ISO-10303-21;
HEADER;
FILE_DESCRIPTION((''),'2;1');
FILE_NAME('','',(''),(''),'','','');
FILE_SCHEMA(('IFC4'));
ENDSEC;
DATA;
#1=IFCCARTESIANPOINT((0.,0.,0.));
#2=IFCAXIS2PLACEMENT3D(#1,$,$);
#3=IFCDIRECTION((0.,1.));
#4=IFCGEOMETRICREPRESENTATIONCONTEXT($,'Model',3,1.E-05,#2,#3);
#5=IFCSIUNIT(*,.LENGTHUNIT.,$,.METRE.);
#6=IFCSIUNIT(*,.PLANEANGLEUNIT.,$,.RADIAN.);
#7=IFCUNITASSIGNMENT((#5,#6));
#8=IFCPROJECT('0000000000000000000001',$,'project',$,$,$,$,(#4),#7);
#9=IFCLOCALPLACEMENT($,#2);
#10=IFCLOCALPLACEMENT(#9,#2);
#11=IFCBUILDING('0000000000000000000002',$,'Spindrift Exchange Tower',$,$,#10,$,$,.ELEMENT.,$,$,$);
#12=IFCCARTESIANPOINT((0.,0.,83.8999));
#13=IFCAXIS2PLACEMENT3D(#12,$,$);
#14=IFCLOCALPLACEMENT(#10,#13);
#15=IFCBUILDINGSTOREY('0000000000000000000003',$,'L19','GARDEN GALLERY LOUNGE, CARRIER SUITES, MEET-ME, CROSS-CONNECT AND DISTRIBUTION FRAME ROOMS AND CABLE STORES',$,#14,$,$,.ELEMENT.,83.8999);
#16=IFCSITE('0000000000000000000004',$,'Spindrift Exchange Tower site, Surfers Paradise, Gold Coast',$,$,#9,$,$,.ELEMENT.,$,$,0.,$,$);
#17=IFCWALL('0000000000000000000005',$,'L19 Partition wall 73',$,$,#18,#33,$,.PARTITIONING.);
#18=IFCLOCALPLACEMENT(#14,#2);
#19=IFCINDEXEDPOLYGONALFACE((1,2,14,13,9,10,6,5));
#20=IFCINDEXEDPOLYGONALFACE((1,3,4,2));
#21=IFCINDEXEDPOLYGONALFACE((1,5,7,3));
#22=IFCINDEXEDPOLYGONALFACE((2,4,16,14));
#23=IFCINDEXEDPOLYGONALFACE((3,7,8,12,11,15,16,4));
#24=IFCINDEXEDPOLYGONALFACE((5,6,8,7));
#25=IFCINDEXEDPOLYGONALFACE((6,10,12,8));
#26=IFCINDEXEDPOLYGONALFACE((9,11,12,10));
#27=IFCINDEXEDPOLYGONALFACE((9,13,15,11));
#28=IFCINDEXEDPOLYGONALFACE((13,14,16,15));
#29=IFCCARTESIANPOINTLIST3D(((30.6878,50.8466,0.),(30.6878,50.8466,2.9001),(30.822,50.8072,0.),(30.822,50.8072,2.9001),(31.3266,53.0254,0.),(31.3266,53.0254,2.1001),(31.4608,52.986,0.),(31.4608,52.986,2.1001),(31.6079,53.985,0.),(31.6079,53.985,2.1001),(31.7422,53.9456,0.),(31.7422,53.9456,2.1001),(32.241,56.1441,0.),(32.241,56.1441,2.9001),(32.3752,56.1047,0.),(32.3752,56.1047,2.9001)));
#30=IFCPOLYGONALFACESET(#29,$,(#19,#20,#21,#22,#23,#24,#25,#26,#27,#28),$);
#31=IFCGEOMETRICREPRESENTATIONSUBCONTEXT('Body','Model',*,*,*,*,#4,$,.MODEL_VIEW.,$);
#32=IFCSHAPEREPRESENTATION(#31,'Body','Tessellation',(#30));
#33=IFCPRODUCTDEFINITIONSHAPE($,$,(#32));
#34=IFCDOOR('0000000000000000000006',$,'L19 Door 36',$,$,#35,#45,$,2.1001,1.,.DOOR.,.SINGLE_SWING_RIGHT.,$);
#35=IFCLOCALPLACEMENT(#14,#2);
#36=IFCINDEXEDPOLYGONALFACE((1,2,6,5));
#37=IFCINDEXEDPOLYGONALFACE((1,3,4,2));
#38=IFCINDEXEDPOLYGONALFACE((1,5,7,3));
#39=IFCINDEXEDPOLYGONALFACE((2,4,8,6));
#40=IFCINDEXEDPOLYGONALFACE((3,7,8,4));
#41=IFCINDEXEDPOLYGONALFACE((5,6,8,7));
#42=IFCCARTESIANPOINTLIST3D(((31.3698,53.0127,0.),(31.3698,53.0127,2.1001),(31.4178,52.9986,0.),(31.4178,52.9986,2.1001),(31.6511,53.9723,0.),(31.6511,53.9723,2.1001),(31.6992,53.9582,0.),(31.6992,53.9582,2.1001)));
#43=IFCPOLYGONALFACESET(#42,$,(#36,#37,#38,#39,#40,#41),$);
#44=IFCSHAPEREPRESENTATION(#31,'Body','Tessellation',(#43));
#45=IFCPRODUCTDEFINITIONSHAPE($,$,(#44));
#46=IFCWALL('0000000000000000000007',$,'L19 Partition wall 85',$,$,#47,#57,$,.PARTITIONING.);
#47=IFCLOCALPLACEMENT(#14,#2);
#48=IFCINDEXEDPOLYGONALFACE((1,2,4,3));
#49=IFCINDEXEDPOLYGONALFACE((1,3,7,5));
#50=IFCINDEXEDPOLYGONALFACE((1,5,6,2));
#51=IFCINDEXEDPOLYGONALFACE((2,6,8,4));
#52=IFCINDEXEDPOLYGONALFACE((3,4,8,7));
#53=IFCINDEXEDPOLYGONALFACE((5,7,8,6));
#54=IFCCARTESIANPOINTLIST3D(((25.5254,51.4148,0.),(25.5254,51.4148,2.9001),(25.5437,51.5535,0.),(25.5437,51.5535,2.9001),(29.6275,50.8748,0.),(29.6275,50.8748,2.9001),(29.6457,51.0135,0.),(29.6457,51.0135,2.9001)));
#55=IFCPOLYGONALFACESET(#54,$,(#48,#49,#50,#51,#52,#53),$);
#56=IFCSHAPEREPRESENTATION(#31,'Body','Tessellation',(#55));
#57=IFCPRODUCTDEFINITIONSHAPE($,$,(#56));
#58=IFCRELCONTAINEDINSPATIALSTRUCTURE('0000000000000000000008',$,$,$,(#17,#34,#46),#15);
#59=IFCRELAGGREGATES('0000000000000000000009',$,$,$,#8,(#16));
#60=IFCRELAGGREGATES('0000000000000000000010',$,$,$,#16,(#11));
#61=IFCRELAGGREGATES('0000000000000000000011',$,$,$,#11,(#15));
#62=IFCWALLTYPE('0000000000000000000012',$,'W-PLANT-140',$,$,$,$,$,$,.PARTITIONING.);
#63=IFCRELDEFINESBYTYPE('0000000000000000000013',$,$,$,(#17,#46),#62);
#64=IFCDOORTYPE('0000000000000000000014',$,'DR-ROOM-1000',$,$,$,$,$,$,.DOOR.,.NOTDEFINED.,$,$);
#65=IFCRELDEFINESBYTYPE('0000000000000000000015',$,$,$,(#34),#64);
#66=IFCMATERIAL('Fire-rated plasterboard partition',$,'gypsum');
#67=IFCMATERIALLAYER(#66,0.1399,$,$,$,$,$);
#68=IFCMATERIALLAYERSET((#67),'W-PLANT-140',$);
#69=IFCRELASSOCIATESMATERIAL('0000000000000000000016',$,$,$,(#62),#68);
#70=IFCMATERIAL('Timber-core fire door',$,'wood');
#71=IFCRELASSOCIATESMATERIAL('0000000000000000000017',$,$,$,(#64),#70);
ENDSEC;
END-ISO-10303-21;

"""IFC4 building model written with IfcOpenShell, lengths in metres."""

from ifc_helpers import new_model, si_unit, direction, frame, frame_2d, origin, place, context, subcontext, project, spatial, rectangle, extrude, source, transform, mapped, material, layer, layer_set, type_object, element, fill, save


model = new_model("IFC4")

# Units and contexts
model_context = context("Model", 3, precision=1e-05, world=origin(), true_north=direction((0.0, 1.0)))
body_context = subcontext(model_context, "Body", "Model", "MODEL_VIEW")
ifc_project = project(units=[si_unit("LENGTHUNIT", "METRE"), si_unit("PLANEANGLEUNIT", "RADIAN")], contexts=[model_context])

# Site, building, storey
site_placement = place(None, origin())
site = spatial("IfcSite", under=ifc_project, at=site_placement, Name="Spindrift Exchange Tower site, Surfers Paradise, Gold Coast", CompositionType="ELEMENT", RefElevation=0.0)
building_placement = place(site_placement, origin())
building = spatial("IfcBuilding", under=site, at=building_placement, Name="Spindrift Exchange Tower", CompositionType="ELEMENT")
storey_placement = place(building_placement, frame((0.0, 0.0, 83.8999)))
storey = spatial("IfcBuildingStorey", under=building, at=storey_placement, Name="L19", Description="GARDEN GALLERY LOUNGE, CARRIER SUITES, MEET-ME, CROSS-CONNECT AND DISTRIBUTION FRAME ROOMS AND CABLE STORES", CompositionType="ELEMENT", Elevation=83.8999)

# Wall, opening, door
ifc_material_1 = material(Name="Fire-rated plasterboard partition", Category="gypsum")
ifc_layer_1 = layer(ifc_material_1, 0.1399)
ifc_layer_set_1 = layer_set([ifc_layer_1], Name="W-PLANT-140")
wall_type_1 = type_object("IfcWallType", Name="W-PLANT-140", PredefinedType="PARTITIONING", material=ifc_layer_set_1)
wall_1_placement = place(storey_placement, frame((30.7549, 50.8269, 0.0), z_axis=(0.0, 0.0, 1.0), x_axis=(0.28135, 0.959605, 0.0)))
wall_1 = element("IfcWall", 1, at=wall_1_placement, inside=storey, type_object=wall_type_1, Name="L19 Partition wall 73", PredefinedType="PARTITIONING", context=body_context, shape_type="SweptSolid", body=[
    extrude(rectangle(XDim=5.5205, YDim=0.1399, at=frame_2d((2.7603, 0.0))), origin(), (0.0, 0.0, 1.0), 2.9001),
])
opening_1_placement = place(wall_1_placement, frame((2.2705, 0.0, 0.0)))
opening_1 = element("IfcOpeningElement", 2, at=opening_1_placement, cuts=wall_1, PredefinedType="OPENING", context=body_context, shape_type="SweptSolid", body=[
    extrude(rectangle(XDim=1.0, YDim=2.1001, at=frame_2d((0.5, 1.05))), frame((0.0, 0.0798, 0.0), z_axis=(0.0, -1.0, 0.0), x_axis=(1.0, 0.0, 0.0)), (0.0, 0.0, 1.0), 0.1599),
])
ifc_material_2 = material(Name="Timber-core fire door", Category="wood")
door_type_1 = type_object("IfcDoorType", Name="DR-ROOM-1000", OperationType="NOTDEFINED", PredefinedType="DOOR", material=ifc_material_2)
shared_shape_1 = source(origin(), body_context, "Body", "SweptSolid", [
    extrude(rectangle(XDim=1.0, YDim=2.1001, at=frame_2d((0.5, 1.05))), frame((0.0, 0.0249, 0.0), z_axis=(0.0, -1.0, 0.0), x_axis=(1.0, 0.0, 0.0)), (0.0, 0.0, 1.0), 0.05),
])
door_1_placement = place(opening_1_placement, origin())
door_1 = element("IfcDoor", 3, at=door_1_placement, inside=storey, type_object=door_type_1, Name="L19 Door 36", OperationType="SINGLE_SWING_RIGHT", OverallHeight=2.1001, OverallWidth=1.0, PredefinedType="DOOR", context=body_context, shape_type="MappedRepresentation", body=[
    mapped(shared_shape_1, transform((0.0, 0.0, 0.0), scale=1.0)),
])
fill(opening_1, door_1)

# Wall
wall_2_placement = place(storey_placement, frame((29.6367, 50.9441, 0.0), z_axis=(0.0, 0.0, 1.0), x_axis=(-0.991445, 0.130525, 0.0)))
element("IfcWall", 4, at=wall_2_placement, inside=storey, type_object=wall_type_1, Name="L19 Partition wall 85", PredefinedType="PARTITIONING", context=body_context, shape_type="SweptSolid", body=[
    extrude(rectangle(XDim=4.1375, YDim=0.1399, at=frame_2d((2.0688, 0.0))), origin(), (0.0, 0.0, 1.0), 2.9001),
])

save(model, "model.ifc")
